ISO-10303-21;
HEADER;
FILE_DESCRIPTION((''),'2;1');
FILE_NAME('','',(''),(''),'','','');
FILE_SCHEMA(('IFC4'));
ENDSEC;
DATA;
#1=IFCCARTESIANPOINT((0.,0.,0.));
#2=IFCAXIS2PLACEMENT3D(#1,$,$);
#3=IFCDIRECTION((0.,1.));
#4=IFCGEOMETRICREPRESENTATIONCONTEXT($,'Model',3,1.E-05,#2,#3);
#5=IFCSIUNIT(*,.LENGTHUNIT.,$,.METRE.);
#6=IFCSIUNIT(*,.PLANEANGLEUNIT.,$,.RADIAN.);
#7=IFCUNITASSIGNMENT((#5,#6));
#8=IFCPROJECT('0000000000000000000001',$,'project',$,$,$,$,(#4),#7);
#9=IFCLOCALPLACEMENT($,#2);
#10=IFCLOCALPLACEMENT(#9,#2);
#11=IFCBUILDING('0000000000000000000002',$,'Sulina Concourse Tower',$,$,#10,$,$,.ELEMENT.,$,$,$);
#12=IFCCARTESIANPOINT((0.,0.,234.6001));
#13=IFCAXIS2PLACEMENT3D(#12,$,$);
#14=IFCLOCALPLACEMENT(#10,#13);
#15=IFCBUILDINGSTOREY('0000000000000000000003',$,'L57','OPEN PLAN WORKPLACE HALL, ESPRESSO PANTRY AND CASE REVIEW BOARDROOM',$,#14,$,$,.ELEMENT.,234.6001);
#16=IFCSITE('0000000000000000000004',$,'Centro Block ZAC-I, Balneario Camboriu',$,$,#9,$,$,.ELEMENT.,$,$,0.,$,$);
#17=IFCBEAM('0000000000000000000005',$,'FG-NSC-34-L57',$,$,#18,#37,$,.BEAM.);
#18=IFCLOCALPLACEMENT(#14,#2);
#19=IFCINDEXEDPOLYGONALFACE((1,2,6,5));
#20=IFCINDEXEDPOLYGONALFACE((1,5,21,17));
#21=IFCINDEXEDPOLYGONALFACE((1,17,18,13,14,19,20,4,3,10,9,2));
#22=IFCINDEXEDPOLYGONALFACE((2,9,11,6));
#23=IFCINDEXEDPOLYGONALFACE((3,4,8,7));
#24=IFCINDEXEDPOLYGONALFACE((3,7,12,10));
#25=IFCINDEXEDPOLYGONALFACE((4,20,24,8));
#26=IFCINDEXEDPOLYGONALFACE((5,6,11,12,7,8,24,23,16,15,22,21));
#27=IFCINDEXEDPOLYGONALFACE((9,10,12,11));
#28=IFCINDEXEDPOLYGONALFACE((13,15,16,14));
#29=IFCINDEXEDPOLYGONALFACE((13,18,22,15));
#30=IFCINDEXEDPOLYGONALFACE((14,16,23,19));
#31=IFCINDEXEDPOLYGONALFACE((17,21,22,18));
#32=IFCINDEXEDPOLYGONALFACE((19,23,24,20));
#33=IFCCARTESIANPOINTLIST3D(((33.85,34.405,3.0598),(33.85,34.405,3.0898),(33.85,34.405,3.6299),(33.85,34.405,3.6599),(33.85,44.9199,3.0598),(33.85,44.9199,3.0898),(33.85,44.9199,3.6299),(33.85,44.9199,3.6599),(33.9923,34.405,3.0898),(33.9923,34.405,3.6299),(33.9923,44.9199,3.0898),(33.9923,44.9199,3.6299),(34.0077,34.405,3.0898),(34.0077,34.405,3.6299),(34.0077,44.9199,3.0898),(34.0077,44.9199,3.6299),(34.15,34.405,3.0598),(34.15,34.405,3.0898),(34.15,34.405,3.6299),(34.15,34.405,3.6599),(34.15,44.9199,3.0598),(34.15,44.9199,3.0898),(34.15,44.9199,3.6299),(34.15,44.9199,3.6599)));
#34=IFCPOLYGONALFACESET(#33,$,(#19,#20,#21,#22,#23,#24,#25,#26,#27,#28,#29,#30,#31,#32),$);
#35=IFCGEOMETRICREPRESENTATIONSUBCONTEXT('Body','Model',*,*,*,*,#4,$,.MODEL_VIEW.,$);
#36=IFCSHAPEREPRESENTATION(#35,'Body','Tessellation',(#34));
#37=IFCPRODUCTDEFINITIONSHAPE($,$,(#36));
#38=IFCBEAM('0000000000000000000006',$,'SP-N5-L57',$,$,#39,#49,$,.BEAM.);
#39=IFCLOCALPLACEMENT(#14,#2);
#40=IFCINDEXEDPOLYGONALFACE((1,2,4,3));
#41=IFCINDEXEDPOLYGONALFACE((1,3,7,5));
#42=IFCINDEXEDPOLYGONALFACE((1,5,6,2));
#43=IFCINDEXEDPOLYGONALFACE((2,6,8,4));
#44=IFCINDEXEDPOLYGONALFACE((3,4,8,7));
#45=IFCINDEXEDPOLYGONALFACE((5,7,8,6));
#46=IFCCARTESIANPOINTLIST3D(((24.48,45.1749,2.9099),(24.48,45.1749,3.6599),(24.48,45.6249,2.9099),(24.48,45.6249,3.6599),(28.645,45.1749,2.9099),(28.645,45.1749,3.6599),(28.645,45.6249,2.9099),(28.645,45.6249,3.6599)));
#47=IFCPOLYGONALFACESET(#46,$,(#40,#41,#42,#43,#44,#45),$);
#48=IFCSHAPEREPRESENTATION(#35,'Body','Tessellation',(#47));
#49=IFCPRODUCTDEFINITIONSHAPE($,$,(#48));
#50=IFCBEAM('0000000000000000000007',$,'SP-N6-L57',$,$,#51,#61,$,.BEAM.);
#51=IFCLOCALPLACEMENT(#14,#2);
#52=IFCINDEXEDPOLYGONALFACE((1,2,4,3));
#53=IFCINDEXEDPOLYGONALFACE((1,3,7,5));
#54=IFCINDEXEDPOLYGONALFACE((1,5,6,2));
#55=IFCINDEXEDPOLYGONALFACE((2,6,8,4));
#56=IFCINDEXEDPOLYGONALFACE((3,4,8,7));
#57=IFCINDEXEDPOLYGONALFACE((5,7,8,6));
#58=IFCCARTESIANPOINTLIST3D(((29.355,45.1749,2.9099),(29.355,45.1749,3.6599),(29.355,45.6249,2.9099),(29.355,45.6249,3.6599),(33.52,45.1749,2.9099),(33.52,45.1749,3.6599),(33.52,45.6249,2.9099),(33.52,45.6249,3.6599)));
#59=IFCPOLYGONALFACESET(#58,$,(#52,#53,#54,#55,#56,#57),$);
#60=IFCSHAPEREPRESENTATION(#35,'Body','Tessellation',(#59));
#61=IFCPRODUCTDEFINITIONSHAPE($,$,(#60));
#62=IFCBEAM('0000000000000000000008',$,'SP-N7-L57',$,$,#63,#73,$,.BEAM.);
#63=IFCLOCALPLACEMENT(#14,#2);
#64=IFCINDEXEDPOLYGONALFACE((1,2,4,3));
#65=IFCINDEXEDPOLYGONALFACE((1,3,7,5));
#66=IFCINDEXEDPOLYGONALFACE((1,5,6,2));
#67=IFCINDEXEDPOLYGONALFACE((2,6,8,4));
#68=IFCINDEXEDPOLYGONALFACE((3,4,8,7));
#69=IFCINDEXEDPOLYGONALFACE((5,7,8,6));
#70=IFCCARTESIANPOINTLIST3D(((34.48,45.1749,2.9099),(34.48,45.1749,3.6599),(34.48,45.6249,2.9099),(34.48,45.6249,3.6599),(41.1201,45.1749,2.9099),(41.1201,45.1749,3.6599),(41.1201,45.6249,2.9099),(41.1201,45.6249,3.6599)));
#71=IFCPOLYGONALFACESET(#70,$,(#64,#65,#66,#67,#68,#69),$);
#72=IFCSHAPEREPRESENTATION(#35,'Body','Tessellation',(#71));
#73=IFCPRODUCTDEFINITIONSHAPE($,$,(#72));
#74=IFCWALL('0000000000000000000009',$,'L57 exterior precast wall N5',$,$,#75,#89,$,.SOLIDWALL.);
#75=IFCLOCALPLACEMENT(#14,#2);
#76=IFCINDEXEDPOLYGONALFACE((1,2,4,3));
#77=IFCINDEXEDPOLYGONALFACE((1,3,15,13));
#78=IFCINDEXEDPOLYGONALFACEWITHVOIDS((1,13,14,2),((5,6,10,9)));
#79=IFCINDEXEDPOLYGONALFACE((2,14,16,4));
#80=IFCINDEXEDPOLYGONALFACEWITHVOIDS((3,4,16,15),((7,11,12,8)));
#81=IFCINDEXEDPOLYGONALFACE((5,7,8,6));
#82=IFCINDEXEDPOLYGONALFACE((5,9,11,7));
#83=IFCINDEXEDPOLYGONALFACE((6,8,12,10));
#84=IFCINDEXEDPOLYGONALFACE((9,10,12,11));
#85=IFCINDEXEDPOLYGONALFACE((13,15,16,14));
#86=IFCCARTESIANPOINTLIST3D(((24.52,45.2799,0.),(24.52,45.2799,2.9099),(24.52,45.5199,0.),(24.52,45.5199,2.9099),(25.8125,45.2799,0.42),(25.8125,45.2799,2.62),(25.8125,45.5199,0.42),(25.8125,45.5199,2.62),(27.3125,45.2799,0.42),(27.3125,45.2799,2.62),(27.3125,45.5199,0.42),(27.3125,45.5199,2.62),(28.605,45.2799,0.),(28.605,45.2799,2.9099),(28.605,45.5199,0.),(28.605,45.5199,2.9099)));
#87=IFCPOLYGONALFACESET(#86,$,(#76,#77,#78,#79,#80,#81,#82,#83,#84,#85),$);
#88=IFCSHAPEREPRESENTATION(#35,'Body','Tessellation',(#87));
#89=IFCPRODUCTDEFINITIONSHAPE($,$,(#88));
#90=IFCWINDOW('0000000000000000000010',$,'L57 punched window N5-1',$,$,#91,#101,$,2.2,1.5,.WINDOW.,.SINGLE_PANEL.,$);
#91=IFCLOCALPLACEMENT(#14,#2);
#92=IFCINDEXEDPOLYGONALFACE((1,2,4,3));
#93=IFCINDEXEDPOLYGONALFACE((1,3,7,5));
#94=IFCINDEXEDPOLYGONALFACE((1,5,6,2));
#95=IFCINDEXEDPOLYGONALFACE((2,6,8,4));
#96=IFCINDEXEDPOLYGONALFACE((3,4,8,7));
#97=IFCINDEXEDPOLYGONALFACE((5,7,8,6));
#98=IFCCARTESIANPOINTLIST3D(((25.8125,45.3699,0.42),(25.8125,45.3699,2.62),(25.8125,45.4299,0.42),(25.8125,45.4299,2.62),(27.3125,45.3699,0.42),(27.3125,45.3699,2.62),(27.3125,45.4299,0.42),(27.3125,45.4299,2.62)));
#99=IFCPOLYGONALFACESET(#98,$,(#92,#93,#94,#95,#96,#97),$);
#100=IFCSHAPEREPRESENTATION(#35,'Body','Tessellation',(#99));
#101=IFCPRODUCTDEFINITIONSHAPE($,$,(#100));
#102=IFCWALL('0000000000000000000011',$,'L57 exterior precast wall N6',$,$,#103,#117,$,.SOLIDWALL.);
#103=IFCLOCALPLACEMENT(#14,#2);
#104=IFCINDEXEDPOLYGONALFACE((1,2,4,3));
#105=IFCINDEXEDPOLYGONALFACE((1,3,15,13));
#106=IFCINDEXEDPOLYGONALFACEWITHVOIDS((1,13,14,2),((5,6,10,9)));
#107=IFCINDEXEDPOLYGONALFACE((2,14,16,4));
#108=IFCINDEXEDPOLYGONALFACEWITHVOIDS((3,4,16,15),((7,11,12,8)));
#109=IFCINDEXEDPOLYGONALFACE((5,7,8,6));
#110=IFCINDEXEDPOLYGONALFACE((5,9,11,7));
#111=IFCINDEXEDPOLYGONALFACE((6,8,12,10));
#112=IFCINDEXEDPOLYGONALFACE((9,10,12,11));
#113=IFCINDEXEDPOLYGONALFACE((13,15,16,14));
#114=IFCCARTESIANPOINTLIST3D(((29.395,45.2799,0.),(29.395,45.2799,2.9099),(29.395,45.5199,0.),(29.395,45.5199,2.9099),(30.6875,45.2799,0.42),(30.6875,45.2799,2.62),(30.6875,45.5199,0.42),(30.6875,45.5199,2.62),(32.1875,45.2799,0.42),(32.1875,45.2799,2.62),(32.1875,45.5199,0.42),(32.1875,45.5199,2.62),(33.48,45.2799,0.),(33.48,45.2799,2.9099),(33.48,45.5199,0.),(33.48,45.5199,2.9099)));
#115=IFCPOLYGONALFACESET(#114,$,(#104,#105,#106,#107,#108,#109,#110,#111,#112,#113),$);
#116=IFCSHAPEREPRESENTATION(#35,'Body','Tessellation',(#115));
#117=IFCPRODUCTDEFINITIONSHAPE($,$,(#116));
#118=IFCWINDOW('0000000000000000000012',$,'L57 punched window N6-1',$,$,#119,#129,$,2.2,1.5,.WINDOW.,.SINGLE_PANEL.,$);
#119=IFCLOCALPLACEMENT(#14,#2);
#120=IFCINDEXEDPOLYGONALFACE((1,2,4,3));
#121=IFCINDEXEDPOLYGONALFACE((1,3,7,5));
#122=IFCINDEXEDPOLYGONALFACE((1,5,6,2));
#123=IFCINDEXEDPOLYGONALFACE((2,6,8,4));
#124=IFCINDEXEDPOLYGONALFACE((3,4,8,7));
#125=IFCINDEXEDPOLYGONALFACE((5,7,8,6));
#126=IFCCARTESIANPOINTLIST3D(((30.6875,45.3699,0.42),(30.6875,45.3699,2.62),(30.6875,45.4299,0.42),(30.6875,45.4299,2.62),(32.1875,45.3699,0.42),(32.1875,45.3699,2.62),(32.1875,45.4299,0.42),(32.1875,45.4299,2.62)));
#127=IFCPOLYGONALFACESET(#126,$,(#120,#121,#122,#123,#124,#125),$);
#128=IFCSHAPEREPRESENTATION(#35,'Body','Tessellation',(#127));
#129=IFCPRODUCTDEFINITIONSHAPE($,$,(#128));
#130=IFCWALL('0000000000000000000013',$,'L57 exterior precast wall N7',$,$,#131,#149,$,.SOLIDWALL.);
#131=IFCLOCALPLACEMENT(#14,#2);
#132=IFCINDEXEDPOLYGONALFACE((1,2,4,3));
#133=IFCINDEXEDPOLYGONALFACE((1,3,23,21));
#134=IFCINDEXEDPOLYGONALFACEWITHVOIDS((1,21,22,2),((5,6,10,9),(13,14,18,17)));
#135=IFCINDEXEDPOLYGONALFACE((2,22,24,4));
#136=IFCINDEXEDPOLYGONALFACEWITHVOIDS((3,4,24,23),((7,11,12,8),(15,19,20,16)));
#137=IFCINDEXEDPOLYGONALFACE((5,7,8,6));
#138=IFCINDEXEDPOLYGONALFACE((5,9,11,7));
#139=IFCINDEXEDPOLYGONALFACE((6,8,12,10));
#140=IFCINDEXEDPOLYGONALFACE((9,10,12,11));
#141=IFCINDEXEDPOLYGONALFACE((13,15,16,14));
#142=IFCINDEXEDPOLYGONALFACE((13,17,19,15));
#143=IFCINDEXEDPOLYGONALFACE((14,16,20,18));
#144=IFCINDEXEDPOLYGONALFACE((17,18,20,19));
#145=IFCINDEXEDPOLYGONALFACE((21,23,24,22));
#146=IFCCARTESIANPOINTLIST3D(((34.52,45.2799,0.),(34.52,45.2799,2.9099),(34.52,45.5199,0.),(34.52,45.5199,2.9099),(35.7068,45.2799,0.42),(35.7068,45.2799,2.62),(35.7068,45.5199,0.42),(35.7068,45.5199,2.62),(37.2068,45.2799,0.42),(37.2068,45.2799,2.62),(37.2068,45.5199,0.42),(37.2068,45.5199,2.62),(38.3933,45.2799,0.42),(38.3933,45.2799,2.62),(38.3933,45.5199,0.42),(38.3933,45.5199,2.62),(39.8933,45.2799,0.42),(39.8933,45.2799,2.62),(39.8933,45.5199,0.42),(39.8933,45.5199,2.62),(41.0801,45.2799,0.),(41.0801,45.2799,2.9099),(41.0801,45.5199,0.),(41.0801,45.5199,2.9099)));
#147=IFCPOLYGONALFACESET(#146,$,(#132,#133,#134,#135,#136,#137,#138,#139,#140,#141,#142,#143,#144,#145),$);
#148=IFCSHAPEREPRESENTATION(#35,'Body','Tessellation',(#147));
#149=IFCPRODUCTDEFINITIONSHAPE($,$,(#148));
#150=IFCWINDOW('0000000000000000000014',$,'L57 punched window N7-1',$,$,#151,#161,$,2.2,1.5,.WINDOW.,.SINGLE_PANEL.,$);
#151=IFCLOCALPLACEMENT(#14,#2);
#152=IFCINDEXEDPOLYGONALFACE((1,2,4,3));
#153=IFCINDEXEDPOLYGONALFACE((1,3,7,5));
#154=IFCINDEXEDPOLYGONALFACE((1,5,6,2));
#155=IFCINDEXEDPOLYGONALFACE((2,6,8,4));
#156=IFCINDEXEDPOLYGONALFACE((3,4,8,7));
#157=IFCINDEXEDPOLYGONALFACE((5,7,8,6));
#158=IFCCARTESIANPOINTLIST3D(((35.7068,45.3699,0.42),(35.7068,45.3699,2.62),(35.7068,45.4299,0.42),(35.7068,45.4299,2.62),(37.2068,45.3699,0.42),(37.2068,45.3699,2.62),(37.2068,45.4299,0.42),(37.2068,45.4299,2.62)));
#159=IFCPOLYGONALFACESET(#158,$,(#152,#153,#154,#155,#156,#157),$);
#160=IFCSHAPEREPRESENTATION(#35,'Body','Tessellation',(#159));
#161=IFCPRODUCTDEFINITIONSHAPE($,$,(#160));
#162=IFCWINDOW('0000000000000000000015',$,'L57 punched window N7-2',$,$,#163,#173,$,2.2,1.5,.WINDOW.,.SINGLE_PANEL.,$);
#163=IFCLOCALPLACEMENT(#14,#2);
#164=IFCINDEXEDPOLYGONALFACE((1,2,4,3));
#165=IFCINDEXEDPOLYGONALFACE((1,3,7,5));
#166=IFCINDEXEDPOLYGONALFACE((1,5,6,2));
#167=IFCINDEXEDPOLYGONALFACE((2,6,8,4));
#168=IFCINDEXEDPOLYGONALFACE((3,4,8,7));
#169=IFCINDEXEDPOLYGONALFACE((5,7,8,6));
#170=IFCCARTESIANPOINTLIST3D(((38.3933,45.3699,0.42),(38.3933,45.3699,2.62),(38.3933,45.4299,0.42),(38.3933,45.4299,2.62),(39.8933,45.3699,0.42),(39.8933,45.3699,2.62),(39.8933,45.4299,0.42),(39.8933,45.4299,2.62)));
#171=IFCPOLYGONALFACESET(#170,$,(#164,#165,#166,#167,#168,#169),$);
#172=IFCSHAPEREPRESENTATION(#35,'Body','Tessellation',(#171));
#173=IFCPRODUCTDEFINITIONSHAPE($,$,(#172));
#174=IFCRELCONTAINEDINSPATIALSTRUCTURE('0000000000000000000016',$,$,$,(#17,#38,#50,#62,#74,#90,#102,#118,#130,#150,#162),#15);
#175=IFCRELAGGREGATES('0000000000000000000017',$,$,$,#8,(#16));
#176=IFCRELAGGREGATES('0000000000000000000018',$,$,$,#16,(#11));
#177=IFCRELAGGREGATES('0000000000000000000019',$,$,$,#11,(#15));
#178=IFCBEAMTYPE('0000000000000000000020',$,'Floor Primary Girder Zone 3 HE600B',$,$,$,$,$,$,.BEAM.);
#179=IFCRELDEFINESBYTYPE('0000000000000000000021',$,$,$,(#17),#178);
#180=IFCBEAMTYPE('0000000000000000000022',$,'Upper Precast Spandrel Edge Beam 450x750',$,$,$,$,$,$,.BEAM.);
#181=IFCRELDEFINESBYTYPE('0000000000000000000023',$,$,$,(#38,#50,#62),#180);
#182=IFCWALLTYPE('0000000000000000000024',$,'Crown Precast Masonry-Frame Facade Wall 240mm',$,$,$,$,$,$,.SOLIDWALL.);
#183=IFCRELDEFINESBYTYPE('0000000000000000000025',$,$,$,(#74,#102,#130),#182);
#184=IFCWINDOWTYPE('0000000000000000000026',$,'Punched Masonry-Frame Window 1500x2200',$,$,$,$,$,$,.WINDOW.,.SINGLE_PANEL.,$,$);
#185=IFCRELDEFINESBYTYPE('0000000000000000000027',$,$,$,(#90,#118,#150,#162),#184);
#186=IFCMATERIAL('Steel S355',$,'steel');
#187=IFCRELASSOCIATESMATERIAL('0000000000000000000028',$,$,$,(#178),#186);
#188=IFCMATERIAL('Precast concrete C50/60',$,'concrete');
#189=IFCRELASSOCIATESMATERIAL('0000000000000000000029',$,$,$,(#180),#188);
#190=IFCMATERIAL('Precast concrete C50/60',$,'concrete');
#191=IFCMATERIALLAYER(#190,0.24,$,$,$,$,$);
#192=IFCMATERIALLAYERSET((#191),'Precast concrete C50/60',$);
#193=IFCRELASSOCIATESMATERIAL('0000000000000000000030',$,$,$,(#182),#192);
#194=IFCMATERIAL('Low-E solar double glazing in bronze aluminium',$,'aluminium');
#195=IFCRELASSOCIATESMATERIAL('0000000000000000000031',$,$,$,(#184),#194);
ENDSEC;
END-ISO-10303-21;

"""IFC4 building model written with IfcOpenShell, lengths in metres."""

from ifc_helpers import new_model, si_unit, direction, frame, frame_2d, origin, origin_2d, place, context, subcontext, project, spatial, rectangle, i_section, extrude, material, layer, layer_set, material_profile, profile_set, type_object, element, fill, save


model = new_model("IFC4")

# Units and contexts
model_context = context("Model", 3, precision=1e-05, world=origin(), true_north=direction((0.0, 1.0)))
body_context = subcontext(model_context, "Body", "Model", "MODEL_VIEW")
ifc_project = project(units=[si_unit("LENGTHUNIT", "METRE"), si_unit("PLANEANGLEUNIT", "RADIAN")], contexts=[model_context])

# Site, building, storey
site_placement = place(None, origin())
site = spatial("IfcSite", under=ifc_project, at=site_placement, Name="Centro Block ZAC-I, Balneario Camboriu", CompositionType="ELEMENT", RefElevation=0.0)
building_placement = place(site_placement, origin())
building = spatial("IfcBuilding", under=site, at=building_placement, Name="Sulina Concourse Tower", CompositionType="ELEMENT")
storey_placement = place(building_placement, frame((0.0, 0.0, 234.6001)))
storey = spatial("IfcBuildingStorey", under=building, at=storey_placement, Name="L57", Description="OPEN PLAN WORKPLACE HALL, ESPRESSO PANTRY AND CASE REVIEW BOARDROOM", CompositionType="ELEMENT", Elevation=234.6001)

# Beams
ifc_material_1 = material(Name="Steel S355", Category="steel")
ifc_material_profile_1 = material_profile(ifc_material_1, i_section(OverallWidth=0.3, OverallDepth=0.6001, WebThickness=0.0154, FlangeThickness=0.03, at=origin_2d()), Name="HE 600 B")
ifc_profile_set_1 = profile_set([ifc_material_profile_1], Name="Steel S355")
beam_type_1 = type_object("IfcBeamType", Name="Floor Primary Girder Zone 3 HE600B", PredefinedType="BEAM", material=ifc_profile_set_1)
beam_1_placement = place(storey_placement, frame((34.0, 34.405, 3.3599), z_axis=(0.0, 1.0, 0.0), x_axis=(-1.0, 0.0, 0.0)))
element("IfcBeam", 1, at=beam_1_placement, inside=storey, type_object=beam_type_1, Name="FG-NSC-34-L57", PredefinedType="BEAM", context=body_context, shape_type="SweptSolid", body=[
    extrude(i_section(OverallWidth=0.3, OverallDepth=0.6001, WebThickness=0.0154, FlangeThickness=0.03, at=origin_2d()), origin(), (0.0, 0.0, 1.0), 10.5149),
])
ifc_material_2 = material(Name="Precast concrete C50/60", Category="concrete")
ifc_material_profile_2 = material_profile(ifc_material_2, rectangle(XDim=0.45, YDim=0.75, at=origin_2d()), Name="RC 450x750")
ifc_profile_set_2 = profile_set([ifc_material_profile_2], Name="Precast concrete C50/60")
beam_type_2 = type_object("IfcBeamType", Name="Upper Precast Spandrel Edge Beam 450x750", PredefinedType="BEAM", material=ifc_profile_set_2)
for number, where, z_axis, x_axis, name in (
    (2, (24.48, 45.3999, 3.2849), (1.0, 0.0, 0.0), (0.0, 1.0, 0.0), "SP-N5-L57"),
    (3, (29.355, 45.3999, 3.2849), (1.0, 0.0, 0.0), (0.0, 1.0, 0.0), "SP-N6-L57"),
):
    element("IfcBeam", number, at=place(storey_placement, frame(where, z_axis=z_axis, x_axis=x_axis)), inside=storey, type_object=beam_type_2, Name=name, PredefinedType="BEAM", context=body_context, shape_type="SweptSolid", body=[
        extrude(rectangle(XDim=0.45, YDim=0.75, at=origin_2d()), origin(), (0.0, 0.0, 1.0), 4.165),
    ])
beam_2_placement = place(storey_placement, frame((34.48, 45.3999, 3.2849), z_axis=(1.0, 0.0, 0.0), x_axis=(0.0, 1.0, 0.0)))
element("IfcBeam", 4, at=beam_2_placement, inside=storey, type_object=beam_type_2, Name="SP-N7-L57", PredefinedType="BEAM", context=body_context, shape_type="SweptSolid", body=[
    extrude(rectangle(XDim=0.45, YDim=0.75, at=origin_2d()), origin(), (0.0, 0.0, 1.0), 6.6401),
])

# Walls, openings, windows
ifc_material_3 = material(Name="Precast concrete C50/60", Category="concrete")
ifc_layer_1 = layer(ifc_material_3, 0.24)
ifc_layer_set_1 = layer_set([ifc_layer_1], Name="Precast concrete C50/60")
wall_type_1 = type_object("IfcWallType", Name="Crown Precast Masonry-Frame Facade Wall 240mm", PredefinedType="SOLIDWALL", material=ifc_layer_set_1)
wall_1_placement = place(storey_placement, frame((24.52, 45.3999, 0.0), z_axis=(0.0, 0.0, 1.0), x_axis=(1.0, 0.0, 0.0)))
wall_1 = element("IfcWall", 5, at=wall_1_placement, inside=storey, type_object=wall_type_1, Name="L57 exterior precast wall N5", PredefinedType="SOLIDWALL", context=body_context, shape_type="SweptSolid", body=[
    extrude(rectangle(XDim=4.085, YDim=0.24, at=frame_2d((2.0425, 0.0))), origin(), (0.0, 0.0, 1.0), 2.9099),
])
opening_1_placement = place(wall_1_placement, frame((1.2925, 0.0, 0.4199)))
opening_1 = element("IfcOpeningElement", 6, at=opening_1_placement, cuts=wall_1, PredefinedType="OPENING", context=body_context, shape_type="SweptSolid", body=[
    extrude(rectangle(XDim=1.5, YDim=2.2, at=frame_2d((0.75, 1.1001))), frame((0.0, 0.1299, 0.0), z_axis=(0.0, -1.0, 0.0), x_axis=(1.0, 0.0, 0.0)), (0.0, 0.0, 1.0), 0.26),
])
ifc_material_4 = material(Name="Low-E solar double glazing in bronze aluminium", Category="aluminium")
window_type = type_object("IfcWindowType", Name="Punched Masonry-Frame Window 1500x2200", PartitioningType="SINGLE_PANEL", PredefinedType="WINDOW", material=ifc_material_4)
window_1_placement = place(opening_1_placement, origin())
window_1 = element("IfcWindow", 7, at=window_1_placement, inside=storey, type_object=window_type, Name="L57 punched window N5-1", OverallHeight=2.2, OverallWidth=1.5, PartitioningType="SINGLE_PANEL", PredefinedType="WINDOW", context=body_context, shape_type="SweptSolid", body=[
    extrude(rectangle(XDim=1.5, YDim=2.2, at=frame_2d((0.75, 1.1001))), frame((0.0, 0.03, 0.0), z_axis=(0.0, -1.0, 0.0), x_axis=(1.0, 0.0, 0.0)), (0.0, 0.0, 1.0), 0.0601),
])
fill(opening_1, window_1)
wall_2_placement = place(storey_placement, frame((29.395, 45.3999, 0.0), z_axis=(0.0, 0.0, 1.0), x_axis=(1.0, 0.0, 0.0)))
wall_2 = element("IfcWall", 8, at=wall_2_placement, inside=storey, type_object=wall_type_1, Name="L57 exterior precast wall N6", PredefinedType="SOLIDWALL", context=body_context, shape_type="SweptSolid", body=[
    extrude(rectangle(XDim=4.085, YDim=0.24, at=frame_2d((2.0425, 0.0))), origin(), (0.0, 0.0, 1.0), 2.9099),
])
opening_2_placement = place(wall_2_placement, frame((1.2925, 0.0, 0.4199)))
opening_2 = element("IfcOpeningElement", 9, at=opening_2_placement, cuts=wall_2, PredefinedType="OPENING", context=body_context, shape_type="SweptSolid", body=[
    extrude(rectangle(XDim=1.5, YDim=2.2, at=frame_2d((0.75, 1.1001))), frame((0.0, 0.1299, 0.0), z_axis=(0.0, -1.0, 0.0), x_axis=(1.0, 0.0, 0.0)), (0.0, 0.0, 1.0), 0.26),
])
window_2_placement = place(opening_2_placement, origin())
window_2 = element("IfcWindow", 10, at=window_2_placement, inside=storey, type_object=window_type, Name="L57 punched window N6-1", OverallHeight=2.2, OverallWidth=1.5, PartitioningType="SINGLE_PANEL", PredefinedType="WINDOW", context=body_context, shape_type="SweptSolid", body=[
    extrude(rectangle(XDim=1.5, YDim=2.2, at=frame_2d((0.75, 1.1001))), frame((0.0, 0.03, 0.0), z_axis=(0.0, -1.0, 0.0), x_axis=(1.0, 0.0, 0.0)), (0.0, 0.0, 1.0), 0.0601),
])
fill(opening_2, window_2)

# Wall, openings, windows
wall_3_placement = place(storey_placement, frame((34.52, 45.3999, 0.0), z_axis=(0.0, 0.0, 1.0), x_axis=(1.0, 0.0, 0.0)))
wall_3 = element("IfcWall", 11, at=wall_3_placement, inside=storey, type_object=wall_type_1, Name="L57 exterior precast wall N7", PredefinedType="SOLIDWALL", context=body_context, shape_type="SweptSolid", body=[
    extrude(rectangle(XDim=6.5601, YDim=0.24, at=frame_2d((3.28, 0.0))), origin(), (0.0, 0.0, 1.0), 2.9099),
])
opening_3_placement = place(wall_3_placement, frame((1.1868, 0.0, 0.4199)))
opening_3 = element("IfcOpeningElement", 12, at=opening_3_placement, cuts=wall_3, PredefinedType="OPENING", context=body_context, shape_type="SweptSolid", body=[
    extrude(rectangle(XDim=1.5, YDim=2.2, at=frame_2d((0.75, 1.1001))), frame((0.0, 0.1299, 0.0), z_axis=(0.0, -1.0, 0.0), x_axis=(1.0, 0.0, 0.0)), (0.0, 0.0, 1.0), 0.26),
])
opening_4_placement = place(wall_3_placement, frame((3.8733, 0.0, 0.4199)))
opening_4 = element("IfcOpeningElement", 13, at=opening_4_placement, cuts=wall_3, PredefinedType="OPENING", context=body_context, shape_type="SweptSolid", body=[
    extrude(rectangle(XDim=1.5, YDim=2.2, at=frame_2d((0.75, 1.1001))), frame((0.0, 0.1299, 0.0), z_axis=(0.0, -1.0, 0.0), x_axis=(1.0, 0.0, 0.0)), (0.0, 0.0, 1.0), 0.26),
])
window_3_placement = place(opening_3_placement, origin())
window_3 = element("IfcWindow", 14, at=window_3_placement, inside=storey, type_object=window_type, Name="L57 punched window N7-1", OverallHeight=2.2, OverallWidth=1.5, PartitioningType="SINGLE_PANEL", PredefinedType="WINDOW", context=body_context, shape_type="SweptSolid", body=[
    extrude(rectangle(XDim=1.5, YDim=2.2, at=frame_2d((0.75, 1.1001))), frame((0.0, 0.03, 0.0), z_axis=(0.0, -1.0, 0.0), x_axis=(1.0, 0.0, 0.0)), (0.0, 0.0, 1.0), 0.0601),
])
fill(opening_3, window_3)
window_4_placement = place(opening_4_placement, origin())
window_4 = element("IfcWindow", 15, at=window_4_placement, inside=storey, type_object=window_type, Name="L57 punched window N7-2", OverallHeight=2.2, OverallWidth=1.5, PartitioningType="SINGLE_PANEL", PredefinedType="WINDOW", context=body_context, shape_type="SweptSolid", body=[
    extrude(rectangle(XDim=1.5, YDim=2.2, at=frame_2d((0.75, 1.1001))), frame((0.0, 0.03, 0.0), z_axis=(0.0, -1.0, 0.0), x_axis=(1.0, 0.0, 0.0)), (0.0, 0.0, 1.0), 0.0601),
])
fill(opening_4, window_4)

save(model, "model.ifc")
